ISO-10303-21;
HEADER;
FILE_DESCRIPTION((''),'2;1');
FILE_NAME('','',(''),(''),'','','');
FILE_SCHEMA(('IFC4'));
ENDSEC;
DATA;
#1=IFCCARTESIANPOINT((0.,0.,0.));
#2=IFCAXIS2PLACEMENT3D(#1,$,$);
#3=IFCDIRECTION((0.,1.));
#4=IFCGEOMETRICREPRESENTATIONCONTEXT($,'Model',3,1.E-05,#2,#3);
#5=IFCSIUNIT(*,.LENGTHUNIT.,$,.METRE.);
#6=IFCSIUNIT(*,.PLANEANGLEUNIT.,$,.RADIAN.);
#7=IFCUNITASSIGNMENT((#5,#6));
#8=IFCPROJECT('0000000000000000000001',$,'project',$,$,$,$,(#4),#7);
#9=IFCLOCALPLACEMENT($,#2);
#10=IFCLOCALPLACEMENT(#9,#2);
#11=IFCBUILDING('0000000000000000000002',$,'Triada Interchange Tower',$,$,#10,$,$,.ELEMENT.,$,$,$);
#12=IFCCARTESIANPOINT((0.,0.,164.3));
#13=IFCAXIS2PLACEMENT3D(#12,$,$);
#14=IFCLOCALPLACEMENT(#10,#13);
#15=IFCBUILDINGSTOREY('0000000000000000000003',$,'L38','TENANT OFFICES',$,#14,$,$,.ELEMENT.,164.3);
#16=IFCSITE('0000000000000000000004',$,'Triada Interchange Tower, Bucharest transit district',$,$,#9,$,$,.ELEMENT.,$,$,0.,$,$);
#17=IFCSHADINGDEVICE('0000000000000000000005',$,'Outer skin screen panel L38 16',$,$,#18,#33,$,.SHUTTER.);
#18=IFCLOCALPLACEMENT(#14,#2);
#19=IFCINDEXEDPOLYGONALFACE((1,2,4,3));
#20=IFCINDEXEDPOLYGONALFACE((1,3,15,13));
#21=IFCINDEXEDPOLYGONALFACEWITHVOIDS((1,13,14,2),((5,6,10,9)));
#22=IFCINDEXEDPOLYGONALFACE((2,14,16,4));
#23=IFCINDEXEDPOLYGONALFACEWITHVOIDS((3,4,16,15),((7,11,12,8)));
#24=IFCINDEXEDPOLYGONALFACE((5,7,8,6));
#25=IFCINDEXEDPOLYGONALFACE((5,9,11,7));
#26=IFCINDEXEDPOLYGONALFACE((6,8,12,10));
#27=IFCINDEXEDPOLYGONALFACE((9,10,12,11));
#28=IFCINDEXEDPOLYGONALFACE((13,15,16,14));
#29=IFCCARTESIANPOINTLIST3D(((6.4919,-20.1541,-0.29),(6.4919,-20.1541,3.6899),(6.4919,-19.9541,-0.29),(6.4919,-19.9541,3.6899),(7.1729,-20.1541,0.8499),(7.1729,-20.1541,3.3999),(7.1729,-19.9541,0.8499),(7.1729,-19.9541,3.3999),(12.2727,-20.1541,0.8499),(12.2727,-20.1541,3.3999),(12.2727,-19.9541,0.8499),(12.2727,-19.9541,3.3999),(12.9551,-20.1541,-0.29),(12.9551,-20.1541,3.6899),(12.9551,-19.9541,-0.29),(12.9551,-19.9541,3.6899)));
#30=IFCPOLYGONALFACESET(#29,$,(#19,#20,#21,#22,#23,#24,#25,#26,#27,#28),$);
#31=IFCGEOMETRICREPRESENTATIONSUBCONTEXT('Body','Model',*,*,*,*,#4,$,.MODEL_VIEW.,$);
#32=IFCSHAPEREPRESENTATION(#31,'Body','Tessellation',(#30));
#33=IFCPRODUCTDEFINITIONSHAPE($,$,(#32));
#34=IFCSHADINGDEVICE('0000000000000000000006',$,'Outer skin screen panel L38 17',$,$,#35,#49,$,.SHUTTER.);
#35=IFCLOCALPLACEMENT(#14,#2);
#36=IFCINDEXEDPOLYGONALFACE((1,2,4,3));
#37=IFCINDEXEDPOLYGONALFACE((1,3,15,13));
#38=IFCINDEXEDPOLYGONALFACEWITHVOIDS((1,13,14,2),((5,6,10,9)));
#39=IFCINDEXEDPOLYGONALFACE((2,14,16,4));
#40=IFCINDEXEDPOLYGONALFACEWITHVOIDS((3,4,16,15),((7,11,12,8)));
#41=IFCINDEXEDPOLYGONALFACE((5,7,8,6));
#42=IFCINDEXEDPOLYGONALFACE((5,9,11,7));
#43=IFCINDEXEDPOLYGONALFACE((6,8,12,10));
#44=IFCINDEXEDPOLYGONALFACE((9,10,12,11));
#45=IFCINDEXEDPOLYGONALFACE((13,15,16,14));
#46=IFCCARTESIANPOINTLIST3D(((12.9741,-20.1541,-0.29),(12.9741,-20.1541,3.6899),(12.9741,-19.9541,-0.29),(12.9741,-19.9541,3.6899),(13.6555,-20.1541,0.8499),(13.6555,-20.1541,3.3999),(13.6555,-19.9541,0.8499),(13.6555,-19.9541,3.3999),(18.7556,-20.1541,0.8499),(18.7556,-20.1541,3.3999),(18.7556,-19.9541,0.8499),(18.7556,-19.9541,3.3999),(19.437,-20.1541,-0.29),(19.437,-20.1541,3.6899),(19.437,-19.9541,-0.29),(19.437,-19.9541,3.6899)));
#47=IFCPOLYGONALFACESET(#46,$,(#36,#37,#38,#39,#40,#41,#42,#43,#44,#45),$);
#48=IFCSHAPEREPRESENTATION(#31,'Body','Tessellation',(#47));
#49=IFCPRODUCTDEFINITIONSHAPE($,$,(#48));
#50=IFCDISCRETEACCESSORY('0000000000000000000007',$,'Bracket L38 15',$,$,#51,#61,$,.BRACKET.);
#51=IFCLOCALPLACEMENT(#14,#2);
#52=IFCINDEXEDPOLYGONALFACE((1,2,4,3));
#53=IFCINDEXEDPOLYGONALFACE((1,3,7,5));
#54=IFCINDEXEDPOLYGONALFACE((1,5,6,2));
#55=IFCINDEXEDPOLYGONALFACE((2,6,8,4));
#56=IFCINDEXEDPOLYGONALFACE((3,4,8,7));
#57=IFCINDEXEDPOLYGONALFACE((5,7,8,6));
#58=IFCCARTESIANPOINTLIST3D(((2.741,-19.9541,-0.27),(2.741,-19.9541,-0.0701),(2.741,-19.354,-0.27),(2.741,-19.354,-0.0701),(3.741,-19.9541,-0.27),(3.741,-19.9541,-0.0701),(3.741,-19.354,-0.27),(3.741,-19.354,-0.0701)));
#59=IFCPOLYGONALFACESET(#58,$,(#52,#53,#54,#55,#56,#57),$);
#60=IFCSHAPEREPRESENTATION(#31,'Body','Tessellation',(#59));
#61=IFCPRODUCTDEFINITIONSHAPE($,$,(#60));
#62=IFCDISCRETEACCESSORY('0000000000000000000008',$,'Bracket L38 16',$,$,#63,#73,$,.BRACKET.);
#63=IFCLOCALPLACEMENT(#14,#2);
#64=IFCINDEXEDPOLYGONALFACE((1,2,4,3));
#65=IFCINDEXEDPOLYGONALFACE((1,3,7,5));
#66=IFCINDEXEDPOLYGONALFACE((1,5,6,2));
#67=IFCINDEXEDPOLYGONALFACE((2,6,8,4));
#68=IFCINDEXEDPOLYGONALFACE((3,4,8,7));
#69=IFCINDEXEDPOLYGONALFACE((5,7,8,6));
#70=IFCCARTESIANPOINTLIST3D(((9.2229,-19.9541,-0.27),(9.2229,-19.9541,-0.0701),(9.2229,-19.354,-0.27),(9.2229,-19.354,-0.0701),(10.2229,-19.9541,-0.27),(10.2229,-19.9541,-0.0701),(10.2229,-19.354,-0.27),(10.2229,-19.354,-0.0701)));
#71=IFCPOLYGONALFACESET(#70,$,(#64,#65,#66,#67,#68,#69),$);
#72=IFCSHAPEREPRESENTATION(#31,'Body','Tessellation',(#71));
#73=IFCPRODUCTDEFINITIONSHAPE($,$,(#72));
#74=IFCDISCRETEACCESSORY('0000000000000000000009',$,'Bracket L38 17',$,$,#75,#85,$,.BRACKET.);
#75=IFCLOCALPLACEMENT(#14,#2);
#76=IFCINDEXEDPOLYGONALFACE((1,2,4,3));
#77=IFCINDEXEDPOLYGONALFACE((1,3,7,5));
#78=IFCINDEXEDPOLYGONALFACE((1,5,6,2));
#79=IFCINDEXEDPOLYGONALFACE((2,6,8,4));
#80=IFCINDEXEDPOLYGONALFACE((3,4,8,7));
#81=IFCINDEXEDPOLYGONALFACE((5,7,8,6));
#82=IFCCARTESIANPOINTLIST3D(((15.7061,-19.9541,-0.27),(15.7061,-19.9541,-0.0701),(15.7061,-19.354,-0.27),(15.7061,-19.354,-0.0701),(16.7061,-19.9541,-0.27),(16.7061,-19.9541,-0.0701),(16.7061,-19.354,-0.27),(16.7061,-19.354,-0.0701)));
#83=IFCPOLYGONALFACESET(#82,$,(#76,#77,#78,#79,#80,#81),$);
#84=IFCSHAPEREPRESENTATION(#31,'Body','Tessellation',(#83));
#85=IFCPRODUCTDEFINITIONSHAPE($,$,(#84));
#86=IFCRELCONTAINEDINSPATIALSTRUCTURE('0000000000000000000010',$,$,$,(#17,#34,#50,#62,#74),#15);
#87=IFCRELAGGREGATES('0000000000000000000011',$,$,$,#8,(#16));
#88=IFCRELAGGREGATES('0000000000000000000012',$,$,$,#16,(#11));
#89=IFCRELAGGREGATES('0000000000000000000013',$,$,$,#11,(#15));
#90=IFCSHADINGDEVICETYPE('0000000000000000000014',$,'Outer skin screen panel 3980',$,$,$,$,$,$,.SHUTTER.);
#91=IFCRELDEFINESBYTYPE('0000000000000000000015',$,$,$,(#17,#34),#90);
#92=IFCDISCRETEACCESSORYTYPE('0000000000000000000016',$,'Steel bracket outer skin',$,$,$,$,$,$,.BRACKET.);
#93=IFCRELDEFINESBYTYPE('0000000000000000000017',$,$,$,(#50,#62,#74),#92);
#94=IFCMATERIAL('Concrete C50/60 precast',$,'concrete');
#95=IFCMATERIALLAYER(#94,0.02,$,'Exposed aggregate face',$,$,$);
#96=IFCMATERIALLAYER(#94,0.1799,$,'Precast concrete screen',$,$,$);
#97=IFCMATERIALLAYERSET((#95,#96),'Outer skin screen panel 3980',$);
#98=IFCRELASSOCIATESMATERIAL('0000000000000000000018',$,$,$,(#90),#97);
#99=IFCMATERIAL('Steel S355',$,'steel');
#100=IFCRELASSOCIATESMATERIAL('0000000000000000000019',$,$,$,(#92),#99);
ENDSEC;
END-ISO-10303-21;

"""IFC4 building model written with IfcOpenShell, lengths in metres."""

from ifc_helpers import new_model, si_unit, direction, frame, origin, origin_2d, place, context, subcontext, project, spatial, polyline, rectangle, outline, extrude, material, layer, layer_set, type_object, element, save


model = new_model("IFC4")

# Units and contexts
model_context = context("Model", 3, precision=1e-05, world=origin(), true_north=direction((0.0, 1.0)))
body_context = subcontext(model_context, "Body", "Model", "MODEL_VIEW")
ifc_project = project(units=[si_unit("LENGTHUNIT", "METRE"), si_unit("PLANEANGLEUNIT", "RADIAN")], contexts=[model_context])

# Site, building, storey
site_placement = place(None, origin())
site = spatial("IfcSite", under=ifc_project, at=site_placement, Name="Triada Interchange Tower, Bucharest transit district", CompositionType="ELEMENT", RefElevation=0.0)
building_placement = place(site_placement, origin())
building = spatial("IfcBuilding", under=site, at=building_placement, Name="Triada Interchange Tower", CompositionType="ELEMENT")
storey_placement = place(building_placement, frame((0.0, 0.0, 164.3)))
storey = spatial("IfcBuildingStorey", under=building, at=storey_placement, Name="L38", Description="TENANT OFFICES", CompositionType="ELEMENT", Elevation=164.3)

# Shading devices
ifc_material_1 = material(Name="Concrete C50/60 precast", Category="concrete")
ifc_layer_1 = layer(ifc_material_1, 0.02, Name="Exposed aggregate face")
ifc_layer_2 = layer(ifc_material_1, 0.1799, Name="Precast concrete screen")
ifc_layer_set_1 = layer_set([ifc_layer_1, ifc_layer_2], Name="Outer skin screen panel 3980")
shading_device_type = type_object("IfcShadingDeviceType", Name="Outer skin screen panel 3980", PredefinedType="SHUTTER", material=ifc_layer_set_1)
shading_device_1_placement = place(storey_placement, frame((6.4919, -19.9541, -0.29), z_axis=(0.0, 0.0, 1.0), x_axis=(1.0, 0.0, 0.0)))
element("IfcShadingDevice", 1, at=shading_device_1_placement, inside=storey, type_object=shading_device_type, Name="Outer skin screen panel L38 16", PredefinedType="SHUTTER", context=body_context, shape_type="SweptSolid", body=[
    extrude(outline(polyline([(0.0, 0.0), (6.4631, 0.0), (6.4631, 3.98), (0.0, 3.98), (0.0, 0.0)]), holes=[polyline([(0.6809, 1.1399), (0.6809, 3.6899), (5.7808, 3.6899), (5.7808, 1.1399), (0.6809, 1.1399)])]), frame((0.0, 0.0, 0.0), z_axis=(0.0, -1.0, 0.0), x_axis=(1.0, 0.0, 0.0)), (0.0, 0.0, 1.0), 0.2),
])
shading_device_2_placement = place(storey_placement, frame((12.9741, -19.9541, -0.29), z_axis=(0.0, 0.0, 1.0), x_axis=(1.0, 0.0, 0.0)))
element("IfcShadingDevice", 2, at=shading_device_2_placement, inside=storey, type_object=shading_device_type, Name="Outer skin screen panel L38 17", PredefinedType="SHUTTER", context=body_context, shape_type="SweptSolid", body=[
    extrude(outline(polyline([(0.0, 0.0), (6.4629, 0.0), (6.4629, 3.98), (0.0, 3.98), (0.0, 0.0)]), holes=[polyline([(0.6814, 1.1399), (0.6814, 3.6899), (5.7815, 3.6899), (5.7815, 1.1399), (0.6814, 1.1399)])]), frame((0.0, 0.0, 0.0), z_axis=(0.0, -1.0, 0.0), x_axis=(1.0, 0.0, 0.0)), (0.0, 0.0, 1.0), 0.2),
])

# Discrete accessories
ifc_material_2 = material(Name="Steel S355", Category="steel")
discrete_accessory_type = type_object("IfcDiscreteAccessoryType", Name="Steel bracket outer skin", PredefinedType="BRACKET", material=ifc_material_2)
for number, where, z_axis, x_axis, name in (
    (3, (3.241, -19.6541, -0.27), (0.0, 0.0, 1.0), (0.0, -1.0, 0.0), "Bracket L38 15"),
    (4, (9.7229, -19.6541, -0.27), (0.0, 0.0, 1.0), (0.0, -1.0, 0.0), "Bracket L38 16"),
    (5, (16.2061, -19.6541, -0.27), (0.0, 0.0, 1.0), (0.0, -1.0, 0.0), "Bracket L38 17"),
):
    element("IfcDiscreteAccessory", number, at=place(storey_placement, frame(where, z_axis=z_axis, x_axis=x_axis)), inside=storey, type_object=discrete_accessory_type, Name=name, PredefinedType="BRACKET", context=body_context, shape_type="SweptSolid", body=[
        extrude(rectangle(XDim=0.6001, YDim=1.0, at=origin_2d()), origin(), (0.0, 0.0, 1.0), 0.2),
    ])

save(model, "model.ifc")
